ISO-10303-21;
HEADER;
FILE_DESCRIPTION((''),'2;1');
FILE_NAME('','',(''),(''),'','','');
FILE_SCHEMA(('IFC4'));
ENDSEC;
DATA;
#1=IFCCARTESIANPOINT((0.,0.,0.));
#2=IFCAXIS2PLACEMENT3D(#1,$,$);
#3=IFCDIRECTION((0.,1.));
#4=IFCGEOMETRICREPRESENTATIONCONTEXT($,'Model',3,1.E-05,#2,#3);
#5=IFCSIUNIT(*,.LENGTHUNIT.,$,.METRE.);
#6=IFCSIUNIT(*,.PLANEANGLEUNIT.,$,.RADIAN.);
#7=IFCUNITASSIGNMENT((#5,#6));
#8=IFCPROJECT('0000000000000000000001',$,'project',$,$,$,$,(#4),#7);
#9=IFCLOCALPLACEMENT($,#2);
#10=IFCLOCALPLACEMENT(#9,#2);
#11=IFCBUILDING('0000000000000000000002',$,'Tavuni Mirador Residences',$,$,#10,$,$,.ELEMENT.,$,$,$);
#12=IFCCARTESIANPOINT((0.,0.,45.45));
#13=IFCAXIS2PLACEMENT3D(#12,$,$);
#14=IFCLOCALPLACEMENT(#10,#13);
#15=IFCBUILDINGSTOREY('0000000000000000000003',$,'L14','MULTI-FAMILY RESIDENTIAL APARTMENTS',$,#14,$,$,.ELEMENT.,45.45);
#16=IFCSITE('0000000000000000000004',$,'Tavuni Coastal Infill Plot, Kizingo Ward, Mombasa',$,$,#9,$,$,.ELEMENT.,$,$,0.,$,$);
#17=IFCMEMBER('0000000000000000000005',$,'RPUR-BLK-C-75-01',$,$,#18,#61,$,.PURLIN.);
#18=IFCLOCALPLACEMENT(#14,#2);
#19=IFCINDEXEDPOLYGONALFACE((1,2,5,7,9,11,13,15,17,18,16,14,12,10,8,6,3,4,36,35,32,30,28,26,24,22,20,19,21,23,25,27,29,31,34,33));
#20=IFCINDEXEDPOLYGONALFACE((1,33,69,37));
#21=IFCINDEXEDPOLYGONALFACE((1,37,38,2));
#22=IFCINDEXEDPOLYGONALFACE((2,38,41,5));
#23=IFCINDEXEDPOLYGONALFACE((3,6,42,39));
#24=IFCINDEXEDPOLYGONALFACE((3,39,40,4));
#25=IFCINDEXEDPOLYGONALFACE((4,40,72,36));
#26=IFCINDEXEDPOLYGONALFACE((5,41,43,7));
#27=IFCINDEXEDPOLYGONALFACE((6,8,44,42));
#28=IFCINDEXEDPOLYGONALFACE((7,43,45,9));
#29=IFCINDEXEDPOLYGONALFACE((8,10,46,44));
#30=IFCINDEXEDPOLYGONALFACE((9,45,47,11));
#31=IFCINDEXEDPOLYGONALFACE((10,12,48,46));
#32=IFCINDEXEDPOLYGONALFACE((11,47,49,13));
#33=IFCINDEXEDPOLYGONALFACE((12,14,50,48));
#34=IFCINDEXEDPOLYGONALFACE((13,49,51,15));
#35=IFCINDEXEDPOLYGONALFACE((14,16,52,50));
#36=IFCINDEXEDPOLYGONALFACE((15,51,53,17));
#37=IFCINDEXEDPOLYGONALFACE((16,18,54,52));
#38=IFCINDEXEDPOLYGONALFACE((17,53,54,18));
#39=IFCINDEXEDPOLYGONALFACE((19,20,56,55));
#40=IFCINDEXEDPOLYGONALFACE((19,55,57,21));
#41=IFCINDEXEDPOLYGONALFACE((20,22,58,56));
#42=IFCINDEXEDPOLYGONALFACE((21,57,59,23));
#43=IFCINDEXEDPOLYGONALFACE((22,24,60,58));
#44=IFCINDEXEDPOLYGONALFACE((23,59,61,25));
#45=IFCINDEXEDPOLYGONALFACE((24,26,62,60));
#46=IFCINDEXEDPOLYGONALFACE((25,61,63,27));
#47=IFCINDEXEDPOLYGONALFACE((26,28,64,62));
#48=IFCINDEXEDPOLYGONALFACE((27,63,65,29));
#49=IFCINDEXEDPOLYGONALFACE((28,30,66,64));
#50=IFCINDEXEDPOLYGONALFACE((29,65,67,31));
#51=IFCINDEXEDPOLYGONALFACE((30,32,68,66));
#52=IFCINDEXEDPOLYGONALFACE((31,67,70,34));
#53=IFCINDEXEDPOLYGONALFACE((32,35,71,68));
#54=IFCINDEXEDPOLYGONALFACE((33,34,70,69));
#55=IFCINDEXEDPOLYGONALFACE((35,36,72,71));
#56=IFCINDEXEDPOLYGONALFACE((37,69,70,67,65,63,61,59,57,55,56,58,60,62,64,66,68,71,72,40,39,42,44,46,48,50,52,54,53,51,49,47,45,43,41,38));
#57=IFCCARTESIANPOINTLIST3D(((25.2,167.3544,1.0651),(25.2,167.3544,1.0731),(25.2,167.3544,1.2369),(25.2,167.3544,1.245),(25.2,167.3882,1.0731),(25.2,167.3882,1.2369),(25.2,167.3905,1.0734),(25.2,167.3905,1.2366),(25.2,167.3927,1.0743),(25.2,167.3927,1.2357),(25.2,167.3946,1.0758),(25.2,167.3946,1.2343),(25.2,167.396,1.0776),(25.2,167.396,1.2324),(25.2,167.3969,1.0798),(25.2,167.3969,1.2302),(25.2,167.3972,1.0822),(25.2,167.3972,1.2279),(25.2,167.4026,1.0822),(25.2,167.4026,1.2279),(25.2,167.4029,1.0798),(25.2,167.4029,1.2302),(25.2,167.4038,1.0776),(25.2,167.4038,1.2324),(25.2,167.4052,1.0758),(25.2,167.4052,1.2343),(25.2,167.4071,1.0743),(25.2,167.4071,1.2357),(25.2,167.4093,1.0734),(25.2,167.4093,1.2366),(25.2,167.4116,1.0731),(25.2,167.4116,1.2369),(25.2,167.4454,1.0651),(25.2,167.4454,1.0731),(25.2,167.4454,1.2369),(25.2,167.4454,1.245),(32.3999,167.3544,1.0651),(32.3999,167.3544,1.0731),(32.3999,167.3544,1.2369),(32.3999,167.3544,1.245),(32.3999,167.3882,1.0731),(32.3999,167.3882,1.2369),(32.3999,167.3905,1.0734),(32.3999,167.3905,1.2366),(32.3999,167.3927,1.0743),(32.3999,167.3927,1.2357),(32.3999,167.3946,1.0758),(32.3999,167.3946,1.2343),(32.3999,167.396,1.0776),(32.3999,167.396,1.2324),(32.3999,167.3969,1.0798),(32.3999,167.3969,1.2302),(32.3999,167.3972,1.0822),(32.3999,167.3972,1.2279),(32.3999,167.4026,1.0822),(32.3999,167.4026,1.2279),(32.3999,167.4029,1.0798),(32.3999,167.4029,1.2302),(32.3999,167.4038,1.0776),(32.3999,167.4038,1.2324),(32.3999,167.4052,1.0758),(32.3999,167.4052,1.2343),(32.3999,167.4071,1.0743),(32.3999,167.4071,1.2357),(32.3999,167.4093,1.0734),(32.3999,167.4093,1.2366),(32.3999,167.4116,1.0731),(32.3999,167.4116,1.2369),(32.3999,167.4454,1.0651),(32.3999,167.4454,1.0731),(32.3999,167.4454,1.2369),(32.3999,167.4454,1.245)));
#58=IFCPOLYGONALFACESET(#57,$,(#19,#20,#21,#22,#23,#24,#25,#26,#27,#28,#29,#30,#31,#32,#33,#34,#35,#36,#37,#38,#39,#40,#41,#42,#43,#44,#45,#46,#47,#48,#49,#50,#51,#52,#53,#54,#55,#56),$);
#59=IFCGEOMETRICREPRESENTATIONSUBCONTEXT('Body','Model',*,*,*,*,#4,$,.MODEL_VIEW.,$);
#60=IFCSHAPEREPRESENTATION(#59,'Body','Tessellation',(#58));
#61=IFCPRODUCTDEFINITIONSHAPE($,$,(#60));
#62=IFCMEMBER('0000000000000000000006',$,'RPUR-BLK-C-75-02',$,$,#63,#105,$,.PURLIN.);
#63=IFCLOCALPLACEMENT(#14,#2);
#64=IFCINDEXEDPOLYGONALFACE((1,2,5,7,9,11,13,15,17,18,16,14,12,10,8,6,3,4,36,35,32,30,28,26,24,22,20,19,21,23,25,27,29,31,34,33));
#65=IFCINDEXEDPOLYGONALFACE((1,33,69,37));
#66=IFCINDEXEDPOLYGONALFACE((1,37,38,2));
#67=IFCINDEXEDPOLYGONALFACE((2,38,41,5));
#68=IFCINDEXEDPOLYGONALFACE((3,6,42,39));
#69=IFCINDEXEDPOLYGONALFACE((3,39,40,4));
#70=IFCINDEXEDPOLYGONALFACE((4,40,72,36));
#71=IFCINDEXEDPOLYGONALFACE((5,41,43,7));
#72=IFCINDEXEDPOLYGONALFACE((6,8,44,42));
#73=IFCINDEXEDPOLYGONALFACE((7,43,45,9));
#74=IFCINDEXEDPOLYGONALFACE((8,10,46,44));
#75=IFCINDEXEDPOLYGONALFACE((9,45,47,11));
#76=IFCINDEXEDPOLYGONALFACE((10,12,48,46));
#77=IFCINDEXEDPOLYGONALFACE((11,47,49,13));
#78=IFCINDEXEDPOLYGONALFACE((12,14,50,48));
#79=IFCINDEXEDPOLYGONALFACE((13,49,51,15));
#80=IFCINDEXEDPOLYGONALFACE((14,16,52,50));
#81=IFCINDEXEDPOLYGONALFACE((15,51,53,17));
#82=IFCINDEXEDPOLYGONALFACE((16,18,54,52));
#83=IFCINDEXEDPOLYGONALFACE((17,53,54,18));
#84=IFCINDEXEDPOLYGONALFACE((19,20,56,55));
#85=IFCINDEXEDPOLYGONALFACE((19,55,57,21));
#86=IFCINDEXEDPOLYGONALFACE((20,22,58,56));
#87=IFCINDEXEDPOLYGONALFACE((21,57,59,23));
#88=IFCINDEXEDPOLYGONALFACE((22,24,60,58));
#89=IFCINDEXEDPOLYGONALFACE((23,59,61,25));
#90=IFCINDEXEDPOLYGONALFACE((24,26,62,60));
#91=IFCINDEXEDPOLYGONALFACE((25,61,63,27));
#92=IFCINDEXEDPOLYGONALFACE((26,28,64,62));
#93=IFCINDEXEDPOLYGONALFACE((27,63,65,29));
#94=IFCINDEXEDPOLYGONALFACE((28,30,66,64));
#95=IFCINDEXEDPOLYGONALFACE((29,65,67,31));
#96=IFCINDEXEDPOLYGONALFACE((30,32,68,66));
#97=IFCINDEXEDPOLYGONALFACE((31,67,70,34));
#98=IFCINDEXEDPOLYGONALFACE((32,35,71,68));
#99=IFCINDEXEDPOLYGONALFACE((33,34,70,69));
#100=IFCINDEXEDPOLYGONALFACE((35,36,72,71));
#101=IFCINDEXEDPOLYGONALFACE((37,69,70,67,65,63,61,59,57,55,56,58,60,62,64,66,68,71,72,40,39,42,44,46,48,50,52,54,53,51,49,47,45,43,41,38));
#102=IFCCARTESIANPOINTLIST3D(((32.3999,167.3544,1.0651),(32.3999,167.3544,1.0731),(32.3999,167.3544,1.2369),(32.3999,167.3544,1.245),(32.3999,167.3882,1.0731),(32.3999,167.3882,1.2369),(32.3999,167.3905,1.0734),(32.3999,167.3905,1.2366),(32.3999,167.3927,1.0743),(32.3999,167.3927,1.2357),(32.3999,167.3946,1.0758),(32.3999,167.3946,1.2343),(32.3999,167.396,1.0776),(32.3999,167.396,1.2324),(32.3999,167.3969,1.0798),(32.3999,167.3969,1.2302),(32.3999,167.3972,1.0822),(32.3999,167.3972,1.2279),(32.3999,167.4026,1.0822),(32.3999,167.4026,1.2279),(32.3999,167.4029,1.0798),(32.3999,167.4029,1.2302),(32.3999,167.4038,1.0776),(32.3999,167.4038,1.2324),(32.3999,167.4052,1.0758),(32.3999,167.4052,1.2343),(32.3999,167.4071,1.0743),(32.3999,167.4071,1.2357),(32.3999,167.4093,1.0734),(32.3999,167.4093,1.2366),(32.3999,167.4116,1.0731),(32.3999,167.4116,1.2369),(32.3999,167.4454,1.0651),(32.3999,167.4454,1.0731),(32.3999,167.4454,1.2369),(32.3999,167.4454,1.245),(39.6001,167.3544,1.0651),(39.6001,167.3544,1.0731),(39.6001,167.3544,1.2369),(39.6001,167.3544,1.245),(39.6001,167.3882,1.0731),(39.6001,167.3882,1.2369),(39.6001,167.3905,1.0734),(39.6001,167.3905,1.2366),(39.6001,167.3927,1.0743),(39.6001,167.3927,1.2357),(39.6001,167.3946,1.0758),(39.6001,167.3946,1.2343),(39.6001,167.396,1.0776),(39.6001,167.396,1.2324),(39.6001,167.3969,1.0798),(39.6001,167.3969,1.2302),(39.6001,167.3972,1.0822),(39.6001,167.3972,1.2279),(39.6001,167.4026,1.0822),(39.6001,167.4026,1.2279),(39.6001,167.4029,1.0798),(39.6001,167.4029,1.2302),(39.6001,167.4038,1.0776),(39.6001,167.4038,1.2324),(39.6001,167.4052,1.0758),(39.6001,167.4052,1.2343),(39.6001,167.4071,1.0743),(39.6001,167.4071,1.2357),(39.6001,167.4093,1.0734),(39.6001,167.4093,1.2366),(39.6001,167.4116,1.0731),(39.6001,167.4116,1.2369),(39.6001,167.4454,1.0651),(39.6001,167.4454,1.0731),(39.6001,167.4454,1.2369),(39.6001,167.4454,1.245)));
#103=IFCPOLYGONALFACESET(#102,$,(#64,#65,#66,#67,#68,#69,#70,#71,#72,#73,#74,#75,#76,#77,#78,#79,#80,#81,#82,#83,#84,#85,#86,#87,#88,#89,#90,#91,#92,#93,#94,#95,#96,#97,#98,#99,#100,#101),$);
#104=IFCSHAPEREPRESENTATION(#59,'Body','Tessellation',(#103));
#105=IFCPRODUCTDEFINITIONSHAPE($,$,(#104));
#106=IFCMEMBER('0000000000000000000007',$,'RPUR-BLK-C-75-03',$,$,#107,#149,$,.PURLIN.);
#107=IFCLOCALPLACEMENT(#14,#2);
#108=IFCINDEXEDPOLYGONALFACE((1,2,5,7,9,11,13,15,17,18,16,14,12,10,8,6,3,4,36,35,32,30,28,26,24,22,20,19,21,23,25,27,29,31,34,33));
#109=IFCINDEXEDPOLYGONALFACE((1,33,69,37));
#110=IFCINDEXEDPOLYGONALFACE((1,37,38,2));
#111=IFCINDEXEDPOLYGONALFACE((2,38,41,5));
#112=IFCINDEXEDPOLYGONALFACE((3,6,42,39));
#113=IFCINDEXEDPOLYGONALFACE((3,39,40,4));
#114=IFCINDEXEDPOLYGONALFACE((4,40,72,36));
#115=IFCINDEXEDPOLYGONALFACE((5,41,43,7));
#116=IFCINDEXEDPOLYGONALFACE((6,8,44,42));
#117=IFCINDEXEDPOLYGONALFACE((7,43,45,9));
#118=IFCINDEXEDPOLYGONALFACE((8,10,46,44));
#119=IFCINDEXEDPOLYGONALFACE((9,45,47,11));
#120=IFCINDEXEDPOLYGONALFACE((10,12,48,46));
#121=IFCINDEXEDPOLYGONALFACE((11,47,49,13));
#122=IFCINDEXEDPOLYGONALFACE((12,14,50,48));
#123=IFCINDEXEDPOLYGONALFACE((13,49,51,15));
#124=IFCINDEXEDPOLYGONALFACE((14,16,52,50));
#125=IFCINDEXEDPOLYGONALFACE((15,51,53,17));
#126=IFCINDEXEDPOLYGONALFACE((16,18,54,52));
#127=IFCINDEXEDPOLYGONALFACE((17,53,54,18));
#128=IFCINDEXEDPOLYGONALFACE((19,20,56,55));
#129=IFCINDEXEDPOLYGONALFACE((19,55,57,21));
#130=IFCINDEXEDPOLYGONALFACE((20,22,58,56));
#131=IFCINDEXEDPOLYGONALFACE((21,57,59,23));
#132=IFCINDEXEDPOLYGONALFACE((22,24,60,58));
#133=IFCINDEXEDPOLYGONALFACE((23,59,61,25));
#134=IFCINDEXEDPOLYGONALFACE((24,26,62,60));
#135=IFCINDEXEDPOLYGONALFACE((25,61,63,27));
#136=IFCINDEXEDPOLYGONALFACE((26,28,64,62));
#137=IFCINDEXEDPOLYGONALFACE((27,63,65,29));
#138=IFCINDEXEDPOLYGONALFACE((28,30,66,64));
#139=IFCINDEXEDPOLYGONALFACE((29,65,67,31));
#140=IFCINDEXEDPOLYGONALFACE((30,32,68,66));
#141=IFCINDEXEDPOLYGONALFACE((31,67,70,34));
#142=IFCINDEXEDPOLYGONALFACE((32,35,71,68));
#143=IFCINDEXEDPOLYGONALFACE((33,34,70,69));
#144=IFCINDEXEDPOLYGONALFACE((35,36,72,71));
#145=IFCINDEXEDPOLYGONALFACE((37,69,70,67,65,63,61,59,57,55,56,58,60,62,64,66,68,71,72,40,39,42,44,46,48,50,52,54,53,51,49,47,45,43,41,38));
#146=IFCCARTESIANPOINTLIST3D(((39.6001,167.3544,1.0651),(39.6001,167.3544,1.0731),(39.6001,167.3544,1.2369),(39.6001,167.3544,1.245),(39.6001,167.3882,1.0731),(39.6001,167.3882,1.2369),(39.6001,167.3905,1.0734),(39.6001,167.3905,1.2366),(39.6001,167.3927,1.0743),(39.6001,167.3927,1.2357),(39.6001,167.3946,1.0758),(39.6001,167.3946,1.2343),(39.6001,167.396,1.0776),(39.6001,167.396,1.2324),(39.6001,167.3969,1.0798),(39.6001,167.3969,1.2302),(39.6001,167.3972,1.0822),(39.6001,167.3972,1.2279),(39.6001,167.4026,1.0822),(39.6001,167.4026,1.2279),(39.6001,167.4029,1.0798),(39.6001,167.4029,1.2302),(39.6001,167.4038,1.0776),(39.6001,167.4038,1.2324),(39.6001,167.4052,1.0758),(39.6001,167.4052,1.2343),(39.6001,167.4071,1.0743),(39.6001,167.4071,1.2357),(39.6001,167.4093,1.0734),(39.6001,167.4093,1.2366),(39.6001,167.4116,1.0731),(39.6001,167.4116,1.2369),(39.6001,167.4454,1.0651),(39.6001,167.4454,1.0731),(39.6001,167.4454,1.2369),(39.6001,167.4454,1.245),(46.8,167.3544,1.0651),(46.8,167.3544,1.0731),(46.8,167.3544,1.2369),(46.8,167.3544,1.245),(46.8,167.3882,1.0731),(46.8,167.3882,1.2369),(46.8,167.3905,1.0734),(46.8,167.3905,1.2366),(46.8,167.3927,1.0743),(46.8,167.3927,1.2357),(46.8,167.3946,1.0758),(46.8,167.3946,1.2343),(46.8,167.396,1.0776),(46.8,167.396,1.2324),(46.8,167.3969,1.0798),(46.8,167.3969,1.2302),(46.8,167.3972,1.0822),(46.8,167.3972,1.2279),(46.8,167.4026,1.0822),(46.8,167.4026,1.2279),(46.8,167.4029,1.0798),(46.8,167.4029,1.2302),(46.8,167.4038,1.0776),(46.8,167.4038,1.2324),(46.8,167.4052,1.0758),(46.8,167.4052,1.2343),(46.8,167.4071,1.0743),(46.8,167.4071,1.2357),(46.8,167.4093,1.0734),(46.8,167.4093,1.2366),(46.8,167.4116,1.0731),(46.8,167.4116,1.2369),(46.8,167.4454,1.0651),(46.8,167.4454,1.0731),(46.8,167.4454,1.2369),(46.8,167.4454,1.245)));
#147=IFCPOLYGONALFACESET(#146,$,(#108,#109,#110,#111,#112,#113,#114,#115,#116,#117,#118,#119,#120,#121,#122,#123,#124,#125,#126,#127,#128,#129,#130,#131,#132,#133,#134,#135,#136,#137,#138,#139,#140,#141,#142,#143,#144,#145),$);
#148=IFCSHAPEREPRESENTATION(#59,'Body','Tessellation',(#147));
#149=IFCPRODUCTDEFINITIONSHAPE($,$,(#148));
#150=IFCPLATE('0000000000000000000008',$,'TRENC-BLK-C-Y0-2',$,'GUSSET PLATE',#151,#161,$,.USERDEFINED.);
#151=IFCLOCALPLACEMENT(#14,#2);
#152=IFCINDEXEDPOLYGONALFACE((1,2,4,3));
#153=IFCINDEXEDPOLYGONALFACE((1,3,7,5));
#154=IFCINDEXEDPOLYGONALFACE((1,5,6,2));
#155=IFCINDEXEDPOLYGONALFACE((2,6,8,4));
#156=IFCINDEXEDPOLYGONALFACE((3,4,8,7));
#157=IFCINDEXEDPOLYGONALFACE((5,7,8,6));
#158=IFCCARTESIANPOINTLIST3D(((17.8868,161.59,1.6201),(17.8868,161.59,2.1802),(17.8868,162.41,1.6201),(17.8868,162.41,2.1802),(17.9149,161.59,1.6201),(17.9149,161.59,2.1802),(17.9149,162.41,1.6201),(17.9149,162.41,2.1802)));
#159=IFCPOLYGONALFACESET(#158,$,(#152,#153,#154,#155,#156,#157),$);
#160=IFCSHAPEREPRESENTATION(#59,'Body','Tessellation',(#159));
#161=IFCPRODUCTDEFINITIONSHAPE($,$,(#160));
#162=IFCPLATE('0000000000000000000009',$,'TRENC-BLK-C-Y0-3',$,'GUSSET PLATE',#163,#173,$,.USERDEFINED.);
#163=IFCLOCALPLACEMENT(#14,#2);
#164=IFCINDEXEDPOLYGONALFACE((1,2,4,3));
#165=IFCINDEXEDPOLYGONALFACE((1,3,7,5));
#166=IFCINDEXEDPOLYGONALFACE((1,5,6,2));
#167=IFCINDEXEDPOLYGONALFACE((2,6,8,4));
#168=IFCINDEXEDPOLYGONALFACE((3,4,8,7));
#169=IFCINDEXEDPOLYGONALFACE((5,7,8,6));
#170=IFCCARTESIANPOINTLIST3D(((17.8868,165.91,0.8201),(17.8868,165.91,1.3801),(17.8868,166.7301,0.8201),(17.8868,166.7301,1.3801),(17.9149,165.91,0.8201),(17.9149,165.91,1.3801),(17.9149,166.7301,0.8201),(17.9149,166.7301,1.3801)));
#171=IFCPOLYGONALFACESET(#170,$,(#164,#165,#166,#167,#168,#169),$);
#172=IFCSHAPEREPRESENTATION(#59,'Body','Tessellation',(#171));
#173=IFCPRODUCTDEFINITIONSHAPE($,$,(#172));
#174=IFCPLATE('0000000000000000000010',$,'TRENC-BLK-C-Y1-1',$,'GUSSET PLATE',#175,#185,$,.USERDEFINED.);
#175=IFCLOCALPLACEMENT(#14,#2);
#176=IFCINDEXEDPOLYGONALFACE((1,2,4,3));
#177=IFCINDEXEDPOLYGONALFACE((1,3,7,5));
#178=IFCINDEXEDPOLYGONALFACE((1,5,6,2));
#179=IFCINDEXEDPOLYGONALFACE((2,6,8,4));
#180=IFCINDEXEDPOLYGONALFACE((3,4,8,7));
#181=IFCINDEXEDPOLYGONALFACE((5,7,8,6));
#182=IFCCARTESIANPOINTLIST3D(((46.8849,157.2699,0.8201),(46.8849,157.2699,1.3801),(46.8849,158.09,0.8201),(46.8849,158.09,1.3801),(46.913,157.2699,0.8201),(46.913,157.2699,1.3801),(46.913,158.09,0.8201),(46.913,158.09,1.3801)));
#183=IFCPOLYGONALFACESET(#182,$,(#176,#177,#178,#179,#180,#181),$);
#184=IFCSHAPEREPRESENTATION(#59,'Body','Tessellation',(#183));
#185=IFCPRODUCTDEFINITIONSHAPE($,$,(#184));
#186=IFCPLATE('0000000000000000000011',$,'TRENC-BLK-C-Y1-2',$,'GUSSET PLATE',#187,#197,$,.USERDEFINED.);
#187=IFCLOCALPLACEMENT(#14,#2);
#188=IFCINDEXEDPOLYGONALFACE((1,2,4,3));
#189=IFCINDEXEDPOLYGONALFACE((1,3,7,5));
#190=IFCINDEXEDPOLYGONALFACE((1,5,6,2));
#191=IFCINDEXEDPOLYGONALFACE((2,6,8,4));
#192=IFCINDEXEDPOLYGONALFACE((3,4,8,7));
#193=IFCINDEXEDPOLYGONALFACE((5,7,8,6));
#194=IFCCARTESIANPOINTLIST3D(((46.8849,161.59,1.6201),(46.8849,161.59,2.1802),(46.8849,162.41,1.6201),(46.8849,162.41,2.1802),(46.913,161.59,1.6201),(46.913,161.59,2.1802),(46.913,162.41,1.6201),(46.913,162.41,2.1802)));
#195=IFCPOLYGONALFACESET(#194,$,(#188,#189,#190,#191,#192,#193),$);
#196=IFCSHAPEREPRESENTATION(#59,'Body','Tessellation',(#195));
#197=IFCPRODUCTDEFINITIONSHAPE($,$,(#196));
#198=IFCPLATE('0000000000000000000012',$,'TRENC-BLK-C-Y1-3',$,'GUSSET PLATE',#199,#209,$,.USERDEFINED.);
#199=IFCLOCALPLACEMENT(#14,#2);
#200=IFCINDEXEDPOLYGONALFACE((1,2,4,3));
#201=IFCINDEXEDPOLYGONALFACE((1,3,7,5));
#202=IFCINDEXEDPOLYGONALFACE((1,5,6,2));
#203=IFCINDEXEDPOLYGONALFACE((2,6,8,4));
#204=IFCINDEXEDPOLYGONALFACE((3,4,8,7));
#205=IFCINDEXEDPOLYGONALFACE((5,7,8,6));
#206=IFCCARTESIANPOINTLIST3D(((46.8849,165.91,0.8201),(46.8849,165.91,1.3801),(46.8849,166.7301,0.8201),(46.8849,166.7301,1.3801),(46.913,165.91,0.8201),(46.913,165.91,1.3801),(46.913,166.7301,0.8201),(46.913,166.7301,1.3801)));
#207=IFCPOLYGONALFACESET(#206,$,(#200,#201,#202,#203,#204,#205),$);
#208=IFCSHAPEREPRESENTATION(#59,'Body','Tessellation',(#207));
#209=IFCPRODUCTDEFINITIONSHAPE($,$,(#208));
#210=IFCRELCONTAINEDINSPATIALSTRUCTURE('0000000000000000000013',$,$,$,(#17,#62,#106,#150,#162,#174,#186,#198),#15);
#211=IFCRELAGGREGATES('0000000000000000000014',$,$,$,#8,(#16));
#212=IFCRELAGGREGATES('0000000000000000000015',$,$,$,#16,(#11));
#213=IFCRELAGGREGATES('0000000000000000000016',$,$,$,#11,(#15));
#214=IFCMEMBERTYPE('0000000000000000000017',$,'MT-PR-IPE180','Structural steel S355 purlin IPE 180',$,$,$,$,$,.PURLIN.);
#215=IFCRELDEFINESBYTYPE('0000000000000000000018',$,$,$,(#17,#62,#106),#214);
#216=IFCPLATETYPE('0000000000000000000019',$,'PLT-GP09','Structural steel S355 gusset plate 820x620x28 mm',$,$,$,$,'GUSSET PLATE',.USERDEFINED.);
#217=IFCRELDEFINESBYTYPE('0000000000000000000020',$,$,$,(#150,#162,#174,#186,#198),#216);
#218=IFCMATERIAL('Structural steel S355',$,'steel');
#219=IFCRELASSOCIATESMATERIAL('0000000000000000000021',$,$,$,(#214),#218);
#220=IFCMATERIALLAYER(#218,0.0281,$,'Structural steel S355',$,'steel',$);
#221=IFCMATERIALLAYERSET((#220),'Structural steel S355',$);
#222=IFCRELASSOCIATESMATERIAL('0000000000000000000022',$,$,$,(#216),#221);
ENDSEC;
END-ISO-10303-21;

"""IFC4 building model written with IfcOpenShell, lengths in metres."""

from ifc_helpers import new_model, si_unit, direction, frame, origin, origin_2d, place, context, subcontext, project, spatial, rectangle, i_section, extrude, material, layer, layer_set, material_profile, profile_set, type_object, element, save


model = new_model("IFC4")

# Units and contexts
model_context = context("Model", 3, precision=1e-05, world=origin(), true_north=direction((0.0, 1.0)))
body_context = subcontext(model_context, "Body", "Model", "MODEL_VIEW")
ifc_project = project(units=[si_unit("LENGTHUNIT", "METRE"), si_unit("PLANEANGLEUNIT", "RADIAN")], contexts=[model_context])

# Site, building, storey
site_placement = place(None, origin())
site = spatial("IfcSite", under=ifc_project, at=site_placement, Name="Tavuni Coastal Infill Plot, Kizingo Ward, Mombasa", CompositionType="ELEMENT", RefElevation=0.0)
building_placement = place(site_placement, origin())
building = spatial("IfcBuilding", under=site, at=building_placement, Name="Tavuni Mirador Residences", CompositionType="ELEMENT")
storey_placement = place(building_placement, frame((0.0, 0.0, 45.45)))
storey = spatial("IfcBuildingStorey", under=building, at=storey_placement, Name="L14", Description="MULTI-FAMILY RESIDENTIAL APARTMENTS", CompositionType="ELEMENT", Elevation=45.45)

# Members
ifc_material_1 = material(Name="Structural steel S355", Category="steel")
ifc_material_profile_1 = material_profile(ifc_material_1, i_section(OverallWidth=0.0911, OverallDepth=0.1799, WebThickness=0.0054, FlangeThickness=0.0081, FilletRadius=0.009, at=origin_2d()), Name="IPE 180", Category="steel")
ifc_profile_set_1 = profile_set([ifc_material_profile_1], Name="Structural steel S355")
member_type_1 = type_object("IfcMemberType", Name="MT-PR-IPE180", Description="Structural steel S355 purlin IPE 180", PredefinedType="PURLIN", material=ifc_profile_set_1)
for number, where, z_axis, x_axis, name in (
    (1, (25.2, 167.3999, 1.155), (1.0, 0.0, 0.0), (0.0, 1.0, 0.0), "RPUR-BLK-C-75-01"),
):
    element("IfcMember", number, at=place(storey_placement, frame(where, z_axis=z_axis, x_axis=x_axis)), inside=storey, type_object=member_type_1, Name=name, PredefinedType="PURLIN", context=body_context, shape_type="SweptSolid", body=[
        extrude(i_section(OverallWidth=0.0911, OverallDepth=0.1799, WebThickness=0.0054, FlangeThickness=0.0081, FilletRadius=0.009, at=origin_2d()), origin(), (0.0, 0.0, 1.0), 7.2),
    ])
member_1_placement = place(storey_placement, frame((32.3999, 167.3999, 1.155), z_axis=(1.0, 0.0, 0.0), x_axis=(0.0, 1.0, 0.0)))
element("IfcMember", 2, at=member_1_placement, inside=storey, type_object=member_type_1, Name="RPUR-BLK-C-75-02", PredefinedType="PURLIN", context=body_context, shape_type="SweptSolid", body=[
    extrude(i_section(OverallWidth=0.0911, OverallDepth=0.1799, WebThickness=0.0054, FlangeThickness=0.0081, FilletRadius=0.009, at=origin_2d()), origin(), (0.0, 0.0, 1.0), 7.2002),
])
member_2_placement = place(storey_placement, frame((39.6001, 167.3999, 1.155), z_axis=(1.0, 0.0, 0.0), x_axis=(0.0, 1.0, 0.0)))
element("IfcMember", 3, at=member_2_placement, inside=storey, type_object=member_type_1, Name="RPUR-BLK-C-75-03", PredefinedType="PURLIN", context=body_context, shape_type="SweptSolid", body=[
    extrude(i_section(OverallWidth=0.0911, OverallDepth=0.1799, WebThickness=0.0054, FlangeThickness=0.0081, FilletRadius=0.009, at=origin_2d()), origin(), (0.0, 0.0, 1.0), 7.2),
])

# Plates
ifc_layer_1 = layer(ifc_material_1, 0.0281, Name="Structural steel S355", Category="steel")
ifc_layer_set_1 = layer_set([ifc_layer_1], Name="Structural steel S355")
plate_type = type_object("IfcPlateType", Name="PLT-GP09", Description="Structural steel S355 gusset plate 820x620x28 mm", ElementType="GUSSET PLATE", PredefinedType="USERDEFINED", material=ifc_layer_set_1)
for number, where, z_axis, x_axis, name in (
    (4, (17.9009, 162.0, 1.6201), (0.0, 0.0, 1.0), (0.0, 1.0, 0.0), "TRENC-BLK-C-Y0-2"),
    (5, (17.9009, 166.3201, 0.8201), (0.0, 0.0, 1.0), (0.0, 1.0, 0.0), "TRENC-BLK-C-Y0-3"),
    (6, (46.8989, 157.6799, 0.8201), (0.0, 0.0, 1.0), (0.0, 1.0, 0.0), "TRENC-BLK-C-Y1-1"),
    (7, (46.8989, 162.0, 1.6201), (0.0, 0.0, 1.0), (0.0, 1.0, 0.0), "TRENC-BLK-C-Y1-2"),
    (8, (46.8989, 166.3201, 0.8201), (0.0, 0.0, 1.0), (0.0, 1.0, 0.0), "TRENC-BLK-C-Y1-3"),
):
    element("IfcPlate", number, at=place(storey_placement, frame(where, z_axis=z_axis, x_axis=x_axis)), inside=storey, type_object=plate_type, Name=name, ObjectType="GUSSET PLATE", PredefinedType="USERDEFINED", context=body_context, shape_type="SweptSolid", body=[
        extrude(rectangle(XDim=0.8201, YDim=0.0281, at=origin_2d()), origin(), (0.0, 0.0, 1.0), 0.5601),
    ])

save(model, "model.ifc")
